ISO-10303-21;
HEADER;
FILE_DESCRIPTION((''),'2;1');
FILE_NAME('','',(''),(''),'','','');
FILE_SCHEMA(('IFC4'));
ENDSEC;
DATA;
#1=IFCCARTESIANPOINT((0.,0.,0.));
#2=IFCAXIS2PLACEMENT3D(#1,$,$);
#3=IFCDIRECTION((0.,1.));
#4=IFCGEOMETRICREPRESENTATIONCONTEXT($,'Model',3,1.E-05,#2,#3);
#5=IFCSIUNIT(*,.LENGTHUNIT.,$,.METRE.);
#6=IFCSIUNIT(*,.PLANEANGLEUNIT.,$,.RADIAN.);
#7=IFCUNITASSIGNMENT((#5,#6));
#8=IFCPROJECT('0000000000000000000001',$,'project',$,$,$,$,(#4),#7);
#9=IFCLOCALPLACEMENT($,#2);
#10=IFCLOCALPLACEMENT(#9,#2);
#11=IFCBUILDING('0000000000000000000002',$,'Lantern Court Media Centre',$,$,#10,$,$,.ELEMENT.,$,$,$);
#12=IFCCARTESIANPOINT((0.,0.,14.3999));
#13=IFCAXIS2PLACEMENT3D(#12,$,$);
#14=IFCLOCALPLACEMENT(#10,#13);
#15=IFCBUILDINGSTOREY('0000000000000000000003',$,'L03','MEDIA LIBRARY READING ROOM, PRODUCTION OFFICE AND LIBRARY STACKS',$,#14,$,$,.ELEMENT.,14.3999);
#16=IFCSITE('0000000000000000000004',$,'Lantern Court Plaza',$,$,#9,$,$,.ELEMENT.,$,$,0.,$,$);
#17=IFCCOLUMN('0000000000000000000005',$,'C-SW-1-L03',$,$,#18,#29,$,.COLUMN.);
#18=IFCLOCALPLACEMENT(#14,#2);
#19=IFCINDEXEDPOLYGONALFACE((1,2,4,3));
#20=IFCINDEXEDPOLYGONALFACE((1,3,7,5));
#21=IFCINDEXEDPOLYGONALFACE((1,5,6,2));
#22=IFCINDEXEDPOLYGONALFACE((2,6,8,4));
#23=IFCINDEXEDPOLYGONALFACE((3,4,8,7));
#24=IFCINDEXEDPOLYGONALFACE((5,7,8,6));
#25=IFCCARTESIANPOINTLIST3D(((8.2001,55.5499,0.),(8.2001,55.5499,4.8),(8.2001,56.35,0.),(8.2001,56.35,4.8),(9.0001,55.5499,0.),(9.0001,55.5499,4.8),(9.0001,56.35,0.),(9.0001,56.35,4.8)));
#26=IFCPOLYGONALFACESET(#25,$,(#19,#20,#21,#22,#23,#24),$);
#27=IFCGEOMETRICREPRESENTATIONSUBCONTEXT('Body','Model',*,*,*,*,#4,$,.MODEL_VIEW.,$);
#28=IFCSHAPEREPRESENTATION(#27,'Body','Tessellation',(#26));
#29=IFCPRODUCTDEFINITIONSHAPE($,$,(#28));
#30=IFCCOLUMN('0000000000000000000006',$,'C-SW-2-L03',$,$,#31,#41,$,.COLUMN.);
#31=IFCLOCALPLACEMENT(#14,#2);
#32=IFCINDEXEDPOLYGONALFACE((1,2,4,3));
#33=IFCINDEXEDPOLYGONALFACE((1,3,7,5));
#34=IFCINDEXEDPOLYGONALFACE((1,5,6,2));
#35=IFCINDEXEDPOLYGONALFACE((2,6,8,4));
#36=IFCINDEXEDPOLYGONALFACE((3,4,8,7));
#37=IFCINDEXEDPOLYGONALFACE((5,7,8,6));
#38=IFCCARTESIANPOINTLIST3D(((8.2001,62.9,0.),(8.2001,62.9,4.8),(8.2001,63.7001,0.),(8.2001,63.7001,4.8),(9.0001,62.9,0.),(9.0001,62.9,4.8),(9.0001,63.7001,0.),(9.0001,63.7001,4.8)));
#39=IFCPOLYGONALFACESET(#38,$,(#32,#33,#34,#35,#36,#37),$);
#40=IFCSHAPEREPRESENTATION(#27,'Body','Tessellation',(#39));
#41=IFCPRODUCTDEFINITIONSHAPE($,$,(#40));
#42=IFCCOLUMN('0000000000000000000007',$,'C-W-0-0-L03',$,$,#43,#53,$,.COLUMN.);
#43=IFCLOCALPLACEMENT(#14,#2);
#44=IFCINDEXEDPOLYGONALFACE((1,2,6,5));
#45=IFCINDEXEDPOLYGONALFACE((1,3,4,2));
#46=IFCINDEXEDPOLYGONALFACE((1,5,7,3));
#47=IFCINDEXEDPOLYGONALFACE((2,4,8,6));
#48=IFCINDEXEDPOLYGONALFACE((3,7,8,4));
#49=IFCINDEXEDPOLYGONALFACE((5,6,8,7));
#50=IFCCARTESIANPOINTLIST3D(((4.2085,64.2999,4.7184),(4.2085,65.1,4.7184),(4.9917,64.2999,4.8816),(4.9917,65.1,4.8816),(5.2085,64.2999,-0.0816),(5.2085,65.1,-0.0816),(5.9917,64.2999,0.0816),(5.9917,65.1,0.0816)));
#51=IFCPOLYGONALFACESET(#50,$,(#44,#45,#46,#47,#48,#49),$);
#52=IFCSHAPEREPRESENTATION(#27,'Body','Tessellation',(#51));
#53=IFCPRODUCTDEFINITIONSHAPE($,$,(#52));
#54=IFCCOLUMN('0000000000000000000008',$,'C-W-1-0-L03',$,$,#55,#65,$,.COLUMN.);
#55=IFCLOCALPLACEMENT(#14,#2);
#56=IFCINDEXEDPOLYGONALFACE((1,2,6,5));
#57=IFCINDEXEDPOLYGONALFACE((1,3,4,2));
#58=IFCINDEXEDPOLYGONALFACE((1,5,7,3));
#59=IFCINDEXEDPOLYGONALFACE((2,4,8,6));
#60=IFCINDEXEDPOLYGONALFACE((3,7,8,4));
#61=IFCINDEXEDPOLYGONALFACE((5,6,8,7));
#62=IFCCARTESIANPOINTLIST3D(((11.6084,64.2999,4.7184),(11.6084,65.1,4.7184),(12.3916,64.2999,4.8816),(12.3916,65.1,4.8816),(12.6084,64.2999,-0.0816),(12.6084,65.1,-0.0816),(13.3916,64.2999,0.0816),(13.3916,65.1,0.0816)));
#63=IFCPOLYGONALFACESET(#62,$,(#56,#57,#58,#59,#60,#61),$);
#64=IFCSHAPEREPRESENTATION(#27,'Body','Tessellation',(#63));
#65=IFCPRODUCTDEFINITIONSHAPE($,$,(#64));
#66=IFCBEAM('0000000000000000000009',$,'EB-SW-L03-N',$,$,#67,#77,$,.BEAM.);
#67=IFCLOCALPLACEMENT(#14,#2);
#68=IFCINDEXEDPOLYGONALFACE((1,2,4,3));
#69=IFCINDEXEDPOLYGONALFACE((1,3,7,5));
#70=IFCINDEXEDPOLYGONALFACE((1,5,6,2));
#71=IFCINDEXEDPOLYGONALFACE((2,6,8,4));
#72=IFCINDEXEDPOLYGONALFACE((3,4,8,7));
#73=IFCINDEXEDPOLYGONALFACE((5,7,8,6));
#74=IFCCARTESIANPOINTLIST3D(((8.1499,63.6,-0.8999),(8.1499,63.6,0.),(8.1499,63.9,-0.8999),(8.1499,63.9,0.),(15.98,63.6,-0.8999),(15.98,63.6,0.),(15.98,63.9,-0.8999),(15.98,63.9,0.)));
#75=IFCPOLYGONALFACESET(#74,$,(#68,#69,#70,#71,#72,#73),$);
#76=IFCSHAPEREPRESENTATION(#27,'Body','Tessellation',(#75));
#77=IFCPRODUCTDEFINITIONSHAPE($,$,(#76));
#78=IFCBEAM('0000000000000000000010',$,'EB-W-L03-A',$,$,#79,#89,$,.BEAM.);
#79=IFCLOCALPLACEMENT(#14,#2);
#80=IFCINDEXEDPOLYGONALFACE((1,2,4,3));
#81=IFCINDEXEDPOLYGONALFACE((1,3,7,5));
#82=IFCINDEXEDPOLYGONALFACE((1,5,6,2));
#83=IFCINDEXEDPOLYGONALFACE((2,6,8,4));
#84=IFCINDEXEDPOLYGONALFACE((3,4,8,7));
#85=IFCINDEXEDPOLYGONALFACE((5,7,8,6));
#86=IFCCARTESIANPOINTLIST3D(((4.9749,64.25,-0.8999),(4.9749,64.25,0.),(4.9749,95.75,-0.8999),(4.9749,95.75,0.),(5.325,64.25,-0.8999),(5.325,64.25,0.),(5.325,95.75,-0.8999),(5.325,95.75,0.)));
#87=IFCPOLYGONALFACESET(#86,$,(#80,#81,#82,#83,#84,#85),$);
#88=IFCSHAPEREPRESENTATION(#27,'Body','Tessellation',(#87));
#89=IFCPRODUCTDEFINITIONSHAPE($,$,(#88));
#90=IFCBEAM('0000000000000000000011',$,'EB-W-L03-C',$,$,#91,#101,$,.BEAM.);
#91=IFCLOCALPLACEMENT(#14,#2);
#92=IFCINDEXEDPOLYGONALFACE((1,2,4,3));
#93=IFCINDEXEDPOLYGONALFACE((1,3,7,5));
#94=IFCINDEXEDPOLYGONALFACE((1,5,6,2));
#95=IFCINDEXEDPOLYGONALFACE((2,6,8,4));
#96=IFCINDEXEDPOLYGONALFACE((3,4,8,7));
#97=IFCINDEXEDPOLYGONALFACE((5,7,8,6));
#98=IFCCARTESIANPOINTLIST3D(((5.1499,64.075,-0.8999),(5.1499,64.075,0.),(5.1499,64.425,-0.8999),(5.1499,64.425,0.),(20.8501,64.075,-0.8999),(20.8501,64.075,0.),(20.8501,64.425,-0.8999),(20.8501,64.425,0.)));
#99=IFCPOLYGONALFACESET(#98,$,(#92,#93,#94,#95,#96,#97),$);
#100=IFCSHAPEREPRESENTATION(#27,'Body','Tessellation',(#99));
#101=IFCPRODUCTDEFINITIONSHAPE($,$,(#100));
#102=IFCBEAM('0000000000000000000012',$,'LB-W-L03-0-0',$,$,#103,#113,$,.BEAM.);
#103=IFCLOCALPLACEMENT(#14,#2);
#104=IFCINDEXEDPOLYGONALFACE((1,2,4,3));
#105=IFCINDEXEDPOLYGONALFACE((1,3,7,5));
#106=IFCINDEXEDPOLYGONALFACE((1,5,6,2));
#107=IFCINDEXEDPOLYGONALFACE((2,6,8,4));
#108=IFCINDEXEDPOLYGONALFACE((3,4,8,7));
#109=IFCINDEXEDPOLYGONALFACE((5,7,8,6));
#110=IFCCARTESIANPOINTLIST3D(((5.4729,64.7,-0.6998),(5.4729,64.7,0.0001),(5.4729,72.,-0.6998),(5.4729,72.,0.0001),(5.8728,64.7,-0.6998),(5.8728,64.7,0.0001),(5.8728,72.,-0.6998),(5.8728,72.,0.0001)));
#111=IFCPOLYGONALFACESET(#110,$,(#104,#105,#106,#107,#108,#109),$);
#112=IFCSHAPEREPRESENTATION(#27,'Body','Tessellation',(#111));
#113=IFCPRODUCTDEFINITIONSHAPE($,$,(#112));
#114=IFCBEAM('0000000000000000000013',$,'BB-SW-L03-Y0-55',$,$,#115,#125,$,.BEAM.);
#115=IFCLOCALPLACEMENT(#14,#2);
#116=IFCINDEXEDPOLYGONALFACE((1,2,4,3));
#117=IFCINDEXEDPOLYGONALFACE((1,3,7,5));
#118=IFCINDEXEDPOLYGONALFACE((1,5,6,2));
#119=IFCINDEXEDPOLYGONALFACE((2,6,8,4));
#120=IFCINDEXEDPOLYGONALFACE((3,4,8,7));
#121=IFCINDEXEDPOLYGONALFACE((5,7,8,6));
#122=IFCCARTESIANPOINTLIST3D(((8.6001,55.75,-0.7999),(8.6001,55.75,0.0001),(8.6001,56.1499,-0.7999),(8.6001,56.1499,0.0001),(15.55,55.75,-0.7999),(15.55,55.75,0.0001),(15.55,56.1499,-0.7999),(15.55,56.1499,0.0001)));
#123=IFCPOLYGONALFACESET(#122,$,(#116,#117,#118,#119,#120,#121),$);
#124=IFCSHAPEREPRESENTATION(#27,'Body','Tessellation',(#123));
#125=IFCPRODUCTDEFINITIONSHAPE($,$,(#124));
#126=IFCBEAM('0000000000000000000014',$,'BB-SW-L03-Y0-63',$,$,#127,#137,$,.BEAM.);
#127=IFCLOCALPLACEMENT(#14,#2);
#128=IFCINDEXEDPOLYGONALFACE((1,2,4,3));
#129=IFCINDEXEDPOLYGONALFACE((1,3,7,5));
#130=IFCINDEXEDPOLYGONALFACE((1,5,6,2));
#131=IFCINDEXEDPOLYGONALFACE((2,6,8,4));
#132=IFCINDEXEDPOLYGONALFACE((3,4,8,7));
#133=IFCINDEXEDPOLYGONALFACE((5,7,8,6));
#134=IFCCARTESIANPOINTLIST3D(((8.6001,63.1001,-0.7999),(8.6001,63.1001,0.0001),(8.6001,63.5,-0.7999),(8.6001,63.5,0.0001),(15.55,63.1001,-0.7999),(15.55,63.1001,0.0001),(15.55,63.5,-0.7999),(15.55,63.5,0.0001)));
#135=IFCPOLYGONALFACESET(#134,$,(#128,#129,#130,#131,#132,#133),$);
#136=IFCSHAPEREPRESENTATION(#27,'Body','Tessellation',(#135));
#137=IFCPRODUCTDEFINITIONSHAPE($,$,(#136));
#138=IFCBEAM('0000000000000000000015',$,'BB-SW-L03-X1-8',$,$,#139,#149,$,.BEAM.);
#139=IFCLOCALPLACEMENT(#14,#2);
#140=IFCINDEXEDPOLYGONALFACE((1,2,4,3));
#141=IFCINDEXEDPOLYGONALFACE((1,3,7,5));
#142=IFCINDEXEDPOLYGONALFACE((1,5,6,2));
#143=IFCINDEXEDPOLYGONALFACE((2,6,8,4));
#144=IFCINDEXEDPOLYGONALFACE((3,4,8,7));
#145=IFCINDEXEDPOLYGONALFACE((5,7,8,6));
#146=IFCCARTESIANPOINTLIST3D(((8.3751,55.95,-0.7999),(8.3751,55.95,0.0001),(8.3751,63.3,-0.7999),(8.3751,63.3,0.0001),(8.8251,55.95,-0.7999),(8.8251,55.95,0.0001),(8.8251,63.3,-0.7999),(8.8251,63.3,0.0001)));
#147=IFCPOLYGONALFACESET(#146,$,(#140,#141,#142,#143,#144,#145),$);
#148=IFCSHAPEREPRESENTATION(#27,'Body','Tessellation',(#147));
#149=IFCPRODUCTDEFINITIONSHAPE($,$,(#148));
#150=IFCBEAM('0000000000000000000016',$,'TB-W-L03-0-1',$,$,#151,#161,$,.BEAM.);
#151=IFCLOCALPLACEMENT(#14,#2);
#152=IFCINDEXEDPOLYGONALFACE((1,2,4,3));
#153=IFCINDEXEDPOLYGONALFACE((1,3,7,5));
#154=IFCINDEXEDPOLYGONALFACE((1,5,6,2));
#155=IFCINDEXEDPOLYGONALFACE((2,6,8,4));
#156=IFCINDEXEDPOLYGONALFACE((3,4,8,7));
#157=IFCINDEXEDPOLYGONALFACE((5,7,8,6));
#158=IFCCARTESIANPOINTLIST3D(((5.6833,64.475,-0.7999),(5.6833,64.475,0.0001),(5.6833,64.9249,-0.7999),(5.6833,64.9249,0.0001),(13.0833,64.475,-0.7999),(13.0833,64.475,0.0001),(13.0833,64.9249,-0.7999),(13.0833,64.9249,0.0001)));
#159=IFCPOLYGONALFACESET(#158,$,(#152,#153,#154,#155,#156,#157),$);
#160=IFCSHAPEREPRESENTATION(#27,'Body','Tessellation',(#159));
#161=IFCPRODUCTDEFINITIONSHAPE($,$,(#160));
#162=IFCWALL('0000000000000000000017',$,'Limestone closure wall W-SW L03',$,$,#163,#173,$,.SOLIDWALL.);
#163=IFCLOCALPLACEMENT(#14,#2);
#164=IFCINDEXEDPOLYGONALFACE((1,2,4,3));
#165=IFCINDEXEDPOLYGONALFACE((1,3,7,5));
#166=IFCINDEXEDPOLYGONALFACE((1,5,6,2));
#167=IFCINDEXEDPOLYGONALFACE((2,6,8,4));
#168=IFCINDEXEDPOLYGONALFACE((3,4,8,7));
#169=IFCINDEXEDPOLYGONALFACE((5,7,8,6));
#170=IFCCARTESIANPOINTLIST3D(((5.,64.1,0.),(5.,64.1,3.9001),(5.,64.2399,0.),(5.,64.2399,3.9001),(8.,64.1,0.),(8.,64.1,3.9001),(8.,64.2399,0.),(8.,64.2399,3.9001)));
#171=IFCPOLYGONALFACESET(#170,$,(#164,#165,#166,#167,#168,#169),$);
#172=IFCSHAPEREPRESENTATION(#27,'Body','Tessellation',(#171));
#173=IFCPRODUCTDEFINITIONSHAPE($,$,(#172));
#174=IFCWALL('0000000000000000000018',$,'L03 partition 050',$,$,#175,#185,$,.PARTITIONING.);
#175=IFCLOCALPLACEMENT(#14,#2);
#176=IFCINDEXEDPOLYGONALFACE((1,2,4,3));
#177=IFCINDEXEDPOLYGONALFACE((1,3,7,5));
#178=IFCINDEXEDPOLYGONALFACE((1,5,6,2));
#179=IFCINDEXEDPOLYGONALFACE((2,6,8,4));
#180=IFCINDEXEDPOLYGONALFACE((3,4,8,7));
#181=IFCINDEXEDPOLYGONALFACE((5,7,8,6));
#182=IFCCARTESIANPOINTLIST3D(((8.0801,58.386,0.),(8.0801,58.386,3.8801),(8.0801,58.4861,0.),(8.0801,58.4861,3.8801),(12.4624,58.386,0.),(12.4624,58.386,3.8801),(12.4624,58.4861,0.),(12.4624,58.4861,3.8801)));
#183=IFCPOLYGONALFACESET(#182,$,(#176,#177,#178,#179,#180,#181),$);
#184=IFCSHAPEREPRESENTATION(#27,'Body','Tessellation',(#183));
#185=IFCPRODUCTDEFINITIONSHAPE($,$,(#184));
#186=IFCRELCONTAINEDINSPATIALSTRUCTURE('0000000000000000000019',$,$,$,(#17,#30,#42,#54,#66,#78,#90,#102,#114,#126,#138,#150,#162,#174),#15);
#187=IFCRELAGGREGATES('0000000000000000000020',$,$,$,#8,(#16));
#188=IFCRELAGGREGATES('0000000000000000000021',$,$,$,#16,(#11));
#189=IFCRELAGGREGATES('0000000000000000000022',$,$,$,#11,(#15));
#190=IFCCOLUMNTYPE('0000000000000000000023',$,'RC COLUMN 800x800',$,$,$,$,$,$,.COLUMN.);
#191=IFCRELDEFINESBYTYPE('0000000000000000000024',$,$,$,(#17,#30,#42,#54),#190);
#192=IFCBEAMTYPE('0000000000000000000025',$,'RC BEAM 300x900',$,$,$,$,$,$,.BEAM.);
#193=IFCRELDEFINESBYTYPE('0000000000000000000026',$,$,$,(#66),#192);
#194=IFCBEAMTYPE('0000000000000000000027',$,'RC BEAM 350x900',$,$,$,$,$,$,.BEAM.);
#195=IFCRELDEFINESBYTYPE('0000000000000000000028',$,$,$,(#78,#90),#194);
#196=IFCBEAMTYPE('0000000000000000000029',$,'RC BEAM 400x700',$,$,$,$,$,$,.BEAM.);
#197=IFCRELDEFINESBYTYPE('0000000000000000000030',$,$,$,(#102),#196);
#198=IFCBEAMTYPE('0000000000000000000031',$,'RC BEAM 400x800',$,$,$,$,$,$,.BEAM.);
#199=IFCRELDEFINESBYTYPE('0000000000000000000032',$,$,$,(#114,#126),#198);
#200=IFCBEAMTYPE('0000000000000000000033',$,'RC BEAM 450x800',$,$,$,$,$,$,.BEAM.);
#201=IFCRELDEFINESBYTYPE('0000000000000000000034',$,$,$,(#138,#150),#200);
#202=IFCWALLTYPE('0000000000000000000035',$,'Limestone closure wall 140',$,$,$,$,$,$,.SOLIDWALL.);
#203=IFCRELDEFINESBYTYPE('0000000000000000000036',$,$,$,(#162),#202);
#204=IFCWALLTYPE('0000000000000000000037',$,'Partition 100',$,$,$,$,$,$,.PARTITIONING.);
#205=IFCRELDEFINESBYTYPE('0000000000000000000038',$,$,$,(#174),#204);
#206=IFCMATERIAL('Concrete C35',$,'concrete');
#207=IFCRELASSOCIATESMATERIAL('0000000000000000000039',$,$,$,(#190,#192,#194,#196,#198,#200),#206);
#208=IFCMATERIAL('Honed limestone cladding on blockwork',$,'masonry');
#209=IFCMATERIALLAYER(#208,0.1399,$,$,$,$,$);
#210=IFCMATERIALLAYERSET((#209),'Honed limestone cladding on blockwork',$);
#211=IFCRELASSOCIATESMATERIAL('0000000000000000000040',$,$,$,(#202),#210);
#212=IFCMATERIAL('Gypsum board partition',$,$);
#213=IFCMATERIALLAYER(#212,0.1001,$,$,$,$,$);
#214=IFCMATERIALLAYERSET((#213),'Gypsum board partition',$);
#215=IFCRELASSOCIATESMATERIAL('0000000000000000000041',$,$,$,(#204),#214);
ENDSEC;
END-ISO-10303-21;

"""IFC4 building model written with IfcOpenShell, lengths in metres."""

from ifc_helpers import new_model, si_unit, direction, frame, frame_2d, origin, origin_2d, place, context, subcontext, project, spatial, rectangle, extrude, material, layer, layer_set, material_profile, profile_set, type_object, element, save


model = new_model("IFC4")

# Units and contexts
model_context = context("Model", 3, precision=1e-05, world=origin(), true_north=direction((0.0, 1.0)))
body_context = subcontext(model_context, "Body", "Model", "MODEL_VIEW")
ifc_project = project(units=[si_unit("LENGTHUNIT", "METRE"), si_unit("PLANEANGLEUNIT", "RADIAN")], contexts=[model_context])

# Site, building, storey
site_placement = place(None, origin())
site = spatial("IfcSite", under=ifc_project, at=site_placement, Name="Lantern Court Plaza", CompositionType="ELEMENT", RefElevation=0.0)
building_placement = place(site_placement, origin())
building = spatial("IfcBuilding", under=site, at=building_placement, Name="Lantern Court Media Centre", CompositionType="ELEMENT")
storey_placement = place(building_placement, frame((0.0, 0.0, 14.3999)))
storey = spatial("IfcBuildingStorey", under=building, at=storey_placement, Name="L03", Description="MEDIA LIBRARY READING ROOM, PRODUCTION OFFICE AND LIBRARY STACKS", CompositionType="ELEMENT", Elevation=14.3999)

# Columns
ifc_material_1 = material(Name="Concrete C35", Category="concrete")
ifc_material_profile_1 = material_profile(ifc_material_1, rectangle(XDim=0.8, YDim=0.8, at=origin_2d()), Name="RC 800x800")
ifc_profile_set_1 = profile_set([ifc_material_profile_1], Name="Concrete C35")
column_type = type_object("IfcColumnType", Name="RC COLUMN 800x800", PredefinedType="COLUMN", material=ifc_profile_set_1)
for number, where, z_axis, x_axis, name in (
    (1, (8.6001, 55.95, 0.0), (0.0, 0.0, 1.0), (1.0, 0.0, 0.0), "C-SW-1-L03"),
    (2, (8.6001, 63.3, 0.0), (0.0, 0.0, 1.0), (1.0, 0.0, 0.0), "C-SW-2-L03"),
):
    element("IfcColumn", number, at=place(storey_placement, frame(where, z_axis=z_axis, x_axis=x_axis)), inside=storey, type_object=column_type, Name=name, PredefinedType="COLUMN", context=body_context, shape_type="SweptSolid", body=[
        extrude(rectangle(XDim=0.8, YDim=0.8, at=origin_2d()), origin(), (0.0, 0.0, 1.0), 4.8),
    ])
for number, where, z_axis, x_axis, name in (
    (3, (5.6001, 64.7, 0.0), (-0.203952, 0.0, 0.978981), (0.0, -1.0, 0.0), "C-W-0-0-L03"),
    (4, (13.0, 64.7, 0.0), (-0.203952, 0.0, 0.978981), (0.0, -1.0, 0.0), "C-W-1-0-L03"),
):
    element("IfcColumn", number, at=place(storey_placement, frame(where, z_axis=z_axis, x_axis=x_axis)), inside=storey, type_object=column_type, Name=name, PredefinedType="COLUMN", context=body_context, shape_type="SweptSolid", body=[
        extrude(rectangle(XDim=0.8, YDim=0.8, at=origin_2d()), origin(), (0.0, 0.0, 1.0), 4.9031),
    ])

# Beams
ifc_material_profile_2 = material_profile(ifc_material_1, rectangle(XDim=0.3, YDim=0.8999, at=origin_2d()), Name="RC 300x900")
ifc_profile_set_2 = profile_set([ifc_material_profile_2], Name="Concrete C35")
beam_type_1 = type_object("IfcBeamType", Name="RC BEAM 300x900", PredefinedType="BEAM", material=ifc_profile_set_2)
beam_1_placement = place(storey_placement, frame((8.1499, 63.75, -0.45), z_axis=(1.0, 0.0, 0.0), x_axis=(0.0, 1.0, 0.0)))
element("IfcBeam", 5, at=beam_1_placement, inside=storey, type_object=beam_type_1, Name="EB-SW-L03-N", PredefinedType="BEAM", context=body_context, shape_type="SweptSolid", body=[
    extrude(rectangle(XDim=0.3, YDim=0.8999, at=origin_2d()), origin(), (0.0, 0.0, 1.0), 7.8301),
])
ifc_material_profile_3 = material_profile(ifc_material_1, rectangle(XDim=0.3501, YDim=0.8999, at=origin_2d()), Name="RC 350x900")
ifc_profile_set_3 = profile_set([ifc_material_profile_3], Name="Concrete C35")
beam_type_2 = type_object("IfcBeamType", Name="RC BEAM 350x900", PredefinedType="BEAM", material=ifc_profile_set_3)
beam_2_placement = place(storey_placement, frame((5.1499, 64.25, -0.45), z_axis=(0.0, 1.0, 0.0), x_axis=(-1.0, 0.0, 0.0)))
element("IfcBeam", 6, at=beam_2_placement, inside=storey, type_object=beam_type_2, Name="EB-W-L03-A", PredefinedType="BEAM", context=body_context, shape_type="SweptSolid", body=[
    extrude(rectangle(XDim=0.3501, YDim=0.8999, at=origin_2d()), origin(), (0.0, 0.0, 1.0), 31.5),
])
beam_3_placement = place(storey_placement, frame((5.1499, 64.25, -0.45), z_axis=(1.0, 0.0, 0.0), x_axis=(0.0, 1.0, 0.0)))
element("IfcBeam", 7, at=beam_3_placement, inside=storey, type_object=beam_type_2, Name="EB-W-L03-C", PredefinedType="BEAM", context=body_context, shape_type="SweptSolid", body=[
    extrude(rectangle(XDim=0.3501, YDim=0.8999, at=origin_2d()), origin(), (0.0, 0.0, 1.0), 15.7002),
])
ifc_material_profile_4 = material_profile(ifc_material_1, rectangle(XDim=0.3999, YDim=0.7, at=origin_2d()), Name="RC 400x700")
ifc_profile_set_4 = profile_set([ifc_material_profile_4], Name="Concrete C35")
beam_type_3 = type_object("IfcBeamType", Name="RC BEAM 400x700", PredefinedType="BEAM", material=ifc_profile_set_4)
beam_4_placement = place(storey_placement, frame((5.6729, 64.7, -0.3499), z_axis=(0.0, 1.0, 0.0), x_axis=(-1.0, 0.0, 0.0)))
element("IfcBeam", 8, at=beam_4_placement, inside=storey, type_object=beam_type_3, Name="LB-W-L03-0-0", PredefinedType="BEAM", context=body_context, shape_type="SweptSolid", body=[
    extrude(rectangle(XDim=0.3999, YDim=0.7, at=origin_2d()), origin(), (0.0, 0.0, 1.0), 7.3),
])
ifc_material_profile_5 = material_profile(ifc_material_1, rectangle(XDim=0.3999, YDim=0.8, at=origin_2d()), Name="RC 400x800")
ifc_profile_set_5 = profile_set([ifc_material_profile_5], Name="Concrete C35")
beam_type_4 = type_object("IfcBeamType", Name="RC BEAM 400x800", PredefinedType="BEAM", material=ifc_profile_set_5)
for number, where, z_axis, x_axis, name in (
    (9, (8.6001, 55.95, -0.3999), (1.0, 0.0, 0.0), (0.0, 1.0, 0.0), "BB-SW-L03-Y0-55"),
    (10, (8.6001, 63.3, -0.3999), (1.0, 0.0, 0.0), (0.0, 1.0, 0.0), "BB-SW-L03-Y0-63"),
):
    element("IfcBeam", number, at=place(storey_placement, frame(where, z_axis=z_axis, x_axis=x_axis)), inside=storey, type_object=beam_type_4, Name=name, PredefinedType="BEAM", context=body_context, shape_type="SweptSolid", body=[
        extrude(rectangle(XDim=0.3999, YDim=0.8, at=origin_2d()), origin(), (0.0, 0.0, 1.0), 6.95),
    ])
ifc_material_profile_6 = material_profile(ifc_material_1, rectangle(XDim=0.45, YDim=0.8, at=origin_2d()), Name="RC 450x800")
ifc_profile_set_6 = profile_set([ifc_material_profile_6], Name="Concrete C35")
beam_type_5 = type_object("IfcBeamType", Name="RC BEAM 450x800", PredefinedType="BEAM", material=ifc_profile_set_6)
beam_5_placement = place(storey_placement, frame((8.6001, 55.95, -0.3999), z_axis=(0.0, 1.0, 0.0), x_axis=(-1.0, 0.0, 0.0)))
element("IfcBeam", 11, at=beam_5_placement, inside=storey, type_object=beam_type_5, Name="BB-SW-L03-X1-8", PredefinedType="BEAM", context=body_context, shape_type="SweptSolid", body=[
    extrude(rectangle(XDim=0.45, YDim=0.8, at=origin_2d()), origin(), (0.0, 0.0, 1.0), 7.3501),
])
beam_6_placement = place(storey_placement, frame((5.6833, 64.7, -0.3999), z_axis=(1.0, 0.0, 0.0), x_axis=(0.0, 1.0, 0.0)))
element("IfcBeam", 12, at=beam_6_placement, inside=storey, type_object=beam_type_5, Name="TB-W-L03-0-1", PredefinedType="BEAM", context=body_context, shape_type="SweptSolid", body=[
    extrude(rectangle(XDim=0.45, YDim=0.8, at=origin_2d()), origin(), (0.0, 0.0, 1.0), 7.3999),
])

# Walls
ifc_material_2 = material(Name="Honed limestone cladding on blockwork", Category="masonry")
ifc_layer_1 = layer(ifc_material_2, 0.1399)
ifc_layer_set_1 = layer_set([ifc_layer_1], Name="Honed limestone cladding on blockwork")
wall_type_1 = type_object("IfcWallType", Name="Limestone closure wall 140", PredefinedType="SOLIDWALL", material=ifc_layer_set_1)
wall_1_placement = place(storey_placement, frame((5.0, 64.1699, 0.0), z_axis=(0.0, 0.0, 1.0), x_axis=(1.0, 0.0, 0.0)))
element("IfcWall", 13, at=wall_1_placement, inside=storey, type_object=wall_type_1, Name="Limestone closure wall W-SW L03", PredefinedType="SOLIDWALL", context=body_context, shape_type="SweptSolid", body=[
    extrude(rectangle(XDim=3.0, YDim=0.1399, at=frame_2d((1.5, 0.0))), origin(), (0.0, 0.0, 1.0), 3.9001),
])
ifc_material_3 = material(Name="Gypsum board partition")
ifc_layer_2 = layer(ifc_material_3, 0.1001)
ifc_layer_set_2 = layer_set([ifc_layer_2], Name="Gypsum board partition")
wall_type_2 = type_object("IfcWallType", Name="Partition 100", PredefinedType="PARTITIONING", material=ifc_layer_set_2)
wall_2_placement = place(storey_placement, frame((8.0801, 58.436, 0.0), z_axis=(0.0, 0.0, 1.0), x_axis=(1.0, 0.0, 0.0)))
element("IfcWall", 14, at=wall_2_placement, inside=storey, type_object=wall_type_2, Name="L03 partition 050", PredefinedType="PARTITIONING", context=body_context, shape_type="SweptSolid", body=[
    extrude(rectangle(XDim=4.3823, YDim=0.1001, at=frame_2d((2.1912, 0.0))), origin(), (0.0, 0.0, 1.0), 3.8801),
])

save(model, "model.ifc")
